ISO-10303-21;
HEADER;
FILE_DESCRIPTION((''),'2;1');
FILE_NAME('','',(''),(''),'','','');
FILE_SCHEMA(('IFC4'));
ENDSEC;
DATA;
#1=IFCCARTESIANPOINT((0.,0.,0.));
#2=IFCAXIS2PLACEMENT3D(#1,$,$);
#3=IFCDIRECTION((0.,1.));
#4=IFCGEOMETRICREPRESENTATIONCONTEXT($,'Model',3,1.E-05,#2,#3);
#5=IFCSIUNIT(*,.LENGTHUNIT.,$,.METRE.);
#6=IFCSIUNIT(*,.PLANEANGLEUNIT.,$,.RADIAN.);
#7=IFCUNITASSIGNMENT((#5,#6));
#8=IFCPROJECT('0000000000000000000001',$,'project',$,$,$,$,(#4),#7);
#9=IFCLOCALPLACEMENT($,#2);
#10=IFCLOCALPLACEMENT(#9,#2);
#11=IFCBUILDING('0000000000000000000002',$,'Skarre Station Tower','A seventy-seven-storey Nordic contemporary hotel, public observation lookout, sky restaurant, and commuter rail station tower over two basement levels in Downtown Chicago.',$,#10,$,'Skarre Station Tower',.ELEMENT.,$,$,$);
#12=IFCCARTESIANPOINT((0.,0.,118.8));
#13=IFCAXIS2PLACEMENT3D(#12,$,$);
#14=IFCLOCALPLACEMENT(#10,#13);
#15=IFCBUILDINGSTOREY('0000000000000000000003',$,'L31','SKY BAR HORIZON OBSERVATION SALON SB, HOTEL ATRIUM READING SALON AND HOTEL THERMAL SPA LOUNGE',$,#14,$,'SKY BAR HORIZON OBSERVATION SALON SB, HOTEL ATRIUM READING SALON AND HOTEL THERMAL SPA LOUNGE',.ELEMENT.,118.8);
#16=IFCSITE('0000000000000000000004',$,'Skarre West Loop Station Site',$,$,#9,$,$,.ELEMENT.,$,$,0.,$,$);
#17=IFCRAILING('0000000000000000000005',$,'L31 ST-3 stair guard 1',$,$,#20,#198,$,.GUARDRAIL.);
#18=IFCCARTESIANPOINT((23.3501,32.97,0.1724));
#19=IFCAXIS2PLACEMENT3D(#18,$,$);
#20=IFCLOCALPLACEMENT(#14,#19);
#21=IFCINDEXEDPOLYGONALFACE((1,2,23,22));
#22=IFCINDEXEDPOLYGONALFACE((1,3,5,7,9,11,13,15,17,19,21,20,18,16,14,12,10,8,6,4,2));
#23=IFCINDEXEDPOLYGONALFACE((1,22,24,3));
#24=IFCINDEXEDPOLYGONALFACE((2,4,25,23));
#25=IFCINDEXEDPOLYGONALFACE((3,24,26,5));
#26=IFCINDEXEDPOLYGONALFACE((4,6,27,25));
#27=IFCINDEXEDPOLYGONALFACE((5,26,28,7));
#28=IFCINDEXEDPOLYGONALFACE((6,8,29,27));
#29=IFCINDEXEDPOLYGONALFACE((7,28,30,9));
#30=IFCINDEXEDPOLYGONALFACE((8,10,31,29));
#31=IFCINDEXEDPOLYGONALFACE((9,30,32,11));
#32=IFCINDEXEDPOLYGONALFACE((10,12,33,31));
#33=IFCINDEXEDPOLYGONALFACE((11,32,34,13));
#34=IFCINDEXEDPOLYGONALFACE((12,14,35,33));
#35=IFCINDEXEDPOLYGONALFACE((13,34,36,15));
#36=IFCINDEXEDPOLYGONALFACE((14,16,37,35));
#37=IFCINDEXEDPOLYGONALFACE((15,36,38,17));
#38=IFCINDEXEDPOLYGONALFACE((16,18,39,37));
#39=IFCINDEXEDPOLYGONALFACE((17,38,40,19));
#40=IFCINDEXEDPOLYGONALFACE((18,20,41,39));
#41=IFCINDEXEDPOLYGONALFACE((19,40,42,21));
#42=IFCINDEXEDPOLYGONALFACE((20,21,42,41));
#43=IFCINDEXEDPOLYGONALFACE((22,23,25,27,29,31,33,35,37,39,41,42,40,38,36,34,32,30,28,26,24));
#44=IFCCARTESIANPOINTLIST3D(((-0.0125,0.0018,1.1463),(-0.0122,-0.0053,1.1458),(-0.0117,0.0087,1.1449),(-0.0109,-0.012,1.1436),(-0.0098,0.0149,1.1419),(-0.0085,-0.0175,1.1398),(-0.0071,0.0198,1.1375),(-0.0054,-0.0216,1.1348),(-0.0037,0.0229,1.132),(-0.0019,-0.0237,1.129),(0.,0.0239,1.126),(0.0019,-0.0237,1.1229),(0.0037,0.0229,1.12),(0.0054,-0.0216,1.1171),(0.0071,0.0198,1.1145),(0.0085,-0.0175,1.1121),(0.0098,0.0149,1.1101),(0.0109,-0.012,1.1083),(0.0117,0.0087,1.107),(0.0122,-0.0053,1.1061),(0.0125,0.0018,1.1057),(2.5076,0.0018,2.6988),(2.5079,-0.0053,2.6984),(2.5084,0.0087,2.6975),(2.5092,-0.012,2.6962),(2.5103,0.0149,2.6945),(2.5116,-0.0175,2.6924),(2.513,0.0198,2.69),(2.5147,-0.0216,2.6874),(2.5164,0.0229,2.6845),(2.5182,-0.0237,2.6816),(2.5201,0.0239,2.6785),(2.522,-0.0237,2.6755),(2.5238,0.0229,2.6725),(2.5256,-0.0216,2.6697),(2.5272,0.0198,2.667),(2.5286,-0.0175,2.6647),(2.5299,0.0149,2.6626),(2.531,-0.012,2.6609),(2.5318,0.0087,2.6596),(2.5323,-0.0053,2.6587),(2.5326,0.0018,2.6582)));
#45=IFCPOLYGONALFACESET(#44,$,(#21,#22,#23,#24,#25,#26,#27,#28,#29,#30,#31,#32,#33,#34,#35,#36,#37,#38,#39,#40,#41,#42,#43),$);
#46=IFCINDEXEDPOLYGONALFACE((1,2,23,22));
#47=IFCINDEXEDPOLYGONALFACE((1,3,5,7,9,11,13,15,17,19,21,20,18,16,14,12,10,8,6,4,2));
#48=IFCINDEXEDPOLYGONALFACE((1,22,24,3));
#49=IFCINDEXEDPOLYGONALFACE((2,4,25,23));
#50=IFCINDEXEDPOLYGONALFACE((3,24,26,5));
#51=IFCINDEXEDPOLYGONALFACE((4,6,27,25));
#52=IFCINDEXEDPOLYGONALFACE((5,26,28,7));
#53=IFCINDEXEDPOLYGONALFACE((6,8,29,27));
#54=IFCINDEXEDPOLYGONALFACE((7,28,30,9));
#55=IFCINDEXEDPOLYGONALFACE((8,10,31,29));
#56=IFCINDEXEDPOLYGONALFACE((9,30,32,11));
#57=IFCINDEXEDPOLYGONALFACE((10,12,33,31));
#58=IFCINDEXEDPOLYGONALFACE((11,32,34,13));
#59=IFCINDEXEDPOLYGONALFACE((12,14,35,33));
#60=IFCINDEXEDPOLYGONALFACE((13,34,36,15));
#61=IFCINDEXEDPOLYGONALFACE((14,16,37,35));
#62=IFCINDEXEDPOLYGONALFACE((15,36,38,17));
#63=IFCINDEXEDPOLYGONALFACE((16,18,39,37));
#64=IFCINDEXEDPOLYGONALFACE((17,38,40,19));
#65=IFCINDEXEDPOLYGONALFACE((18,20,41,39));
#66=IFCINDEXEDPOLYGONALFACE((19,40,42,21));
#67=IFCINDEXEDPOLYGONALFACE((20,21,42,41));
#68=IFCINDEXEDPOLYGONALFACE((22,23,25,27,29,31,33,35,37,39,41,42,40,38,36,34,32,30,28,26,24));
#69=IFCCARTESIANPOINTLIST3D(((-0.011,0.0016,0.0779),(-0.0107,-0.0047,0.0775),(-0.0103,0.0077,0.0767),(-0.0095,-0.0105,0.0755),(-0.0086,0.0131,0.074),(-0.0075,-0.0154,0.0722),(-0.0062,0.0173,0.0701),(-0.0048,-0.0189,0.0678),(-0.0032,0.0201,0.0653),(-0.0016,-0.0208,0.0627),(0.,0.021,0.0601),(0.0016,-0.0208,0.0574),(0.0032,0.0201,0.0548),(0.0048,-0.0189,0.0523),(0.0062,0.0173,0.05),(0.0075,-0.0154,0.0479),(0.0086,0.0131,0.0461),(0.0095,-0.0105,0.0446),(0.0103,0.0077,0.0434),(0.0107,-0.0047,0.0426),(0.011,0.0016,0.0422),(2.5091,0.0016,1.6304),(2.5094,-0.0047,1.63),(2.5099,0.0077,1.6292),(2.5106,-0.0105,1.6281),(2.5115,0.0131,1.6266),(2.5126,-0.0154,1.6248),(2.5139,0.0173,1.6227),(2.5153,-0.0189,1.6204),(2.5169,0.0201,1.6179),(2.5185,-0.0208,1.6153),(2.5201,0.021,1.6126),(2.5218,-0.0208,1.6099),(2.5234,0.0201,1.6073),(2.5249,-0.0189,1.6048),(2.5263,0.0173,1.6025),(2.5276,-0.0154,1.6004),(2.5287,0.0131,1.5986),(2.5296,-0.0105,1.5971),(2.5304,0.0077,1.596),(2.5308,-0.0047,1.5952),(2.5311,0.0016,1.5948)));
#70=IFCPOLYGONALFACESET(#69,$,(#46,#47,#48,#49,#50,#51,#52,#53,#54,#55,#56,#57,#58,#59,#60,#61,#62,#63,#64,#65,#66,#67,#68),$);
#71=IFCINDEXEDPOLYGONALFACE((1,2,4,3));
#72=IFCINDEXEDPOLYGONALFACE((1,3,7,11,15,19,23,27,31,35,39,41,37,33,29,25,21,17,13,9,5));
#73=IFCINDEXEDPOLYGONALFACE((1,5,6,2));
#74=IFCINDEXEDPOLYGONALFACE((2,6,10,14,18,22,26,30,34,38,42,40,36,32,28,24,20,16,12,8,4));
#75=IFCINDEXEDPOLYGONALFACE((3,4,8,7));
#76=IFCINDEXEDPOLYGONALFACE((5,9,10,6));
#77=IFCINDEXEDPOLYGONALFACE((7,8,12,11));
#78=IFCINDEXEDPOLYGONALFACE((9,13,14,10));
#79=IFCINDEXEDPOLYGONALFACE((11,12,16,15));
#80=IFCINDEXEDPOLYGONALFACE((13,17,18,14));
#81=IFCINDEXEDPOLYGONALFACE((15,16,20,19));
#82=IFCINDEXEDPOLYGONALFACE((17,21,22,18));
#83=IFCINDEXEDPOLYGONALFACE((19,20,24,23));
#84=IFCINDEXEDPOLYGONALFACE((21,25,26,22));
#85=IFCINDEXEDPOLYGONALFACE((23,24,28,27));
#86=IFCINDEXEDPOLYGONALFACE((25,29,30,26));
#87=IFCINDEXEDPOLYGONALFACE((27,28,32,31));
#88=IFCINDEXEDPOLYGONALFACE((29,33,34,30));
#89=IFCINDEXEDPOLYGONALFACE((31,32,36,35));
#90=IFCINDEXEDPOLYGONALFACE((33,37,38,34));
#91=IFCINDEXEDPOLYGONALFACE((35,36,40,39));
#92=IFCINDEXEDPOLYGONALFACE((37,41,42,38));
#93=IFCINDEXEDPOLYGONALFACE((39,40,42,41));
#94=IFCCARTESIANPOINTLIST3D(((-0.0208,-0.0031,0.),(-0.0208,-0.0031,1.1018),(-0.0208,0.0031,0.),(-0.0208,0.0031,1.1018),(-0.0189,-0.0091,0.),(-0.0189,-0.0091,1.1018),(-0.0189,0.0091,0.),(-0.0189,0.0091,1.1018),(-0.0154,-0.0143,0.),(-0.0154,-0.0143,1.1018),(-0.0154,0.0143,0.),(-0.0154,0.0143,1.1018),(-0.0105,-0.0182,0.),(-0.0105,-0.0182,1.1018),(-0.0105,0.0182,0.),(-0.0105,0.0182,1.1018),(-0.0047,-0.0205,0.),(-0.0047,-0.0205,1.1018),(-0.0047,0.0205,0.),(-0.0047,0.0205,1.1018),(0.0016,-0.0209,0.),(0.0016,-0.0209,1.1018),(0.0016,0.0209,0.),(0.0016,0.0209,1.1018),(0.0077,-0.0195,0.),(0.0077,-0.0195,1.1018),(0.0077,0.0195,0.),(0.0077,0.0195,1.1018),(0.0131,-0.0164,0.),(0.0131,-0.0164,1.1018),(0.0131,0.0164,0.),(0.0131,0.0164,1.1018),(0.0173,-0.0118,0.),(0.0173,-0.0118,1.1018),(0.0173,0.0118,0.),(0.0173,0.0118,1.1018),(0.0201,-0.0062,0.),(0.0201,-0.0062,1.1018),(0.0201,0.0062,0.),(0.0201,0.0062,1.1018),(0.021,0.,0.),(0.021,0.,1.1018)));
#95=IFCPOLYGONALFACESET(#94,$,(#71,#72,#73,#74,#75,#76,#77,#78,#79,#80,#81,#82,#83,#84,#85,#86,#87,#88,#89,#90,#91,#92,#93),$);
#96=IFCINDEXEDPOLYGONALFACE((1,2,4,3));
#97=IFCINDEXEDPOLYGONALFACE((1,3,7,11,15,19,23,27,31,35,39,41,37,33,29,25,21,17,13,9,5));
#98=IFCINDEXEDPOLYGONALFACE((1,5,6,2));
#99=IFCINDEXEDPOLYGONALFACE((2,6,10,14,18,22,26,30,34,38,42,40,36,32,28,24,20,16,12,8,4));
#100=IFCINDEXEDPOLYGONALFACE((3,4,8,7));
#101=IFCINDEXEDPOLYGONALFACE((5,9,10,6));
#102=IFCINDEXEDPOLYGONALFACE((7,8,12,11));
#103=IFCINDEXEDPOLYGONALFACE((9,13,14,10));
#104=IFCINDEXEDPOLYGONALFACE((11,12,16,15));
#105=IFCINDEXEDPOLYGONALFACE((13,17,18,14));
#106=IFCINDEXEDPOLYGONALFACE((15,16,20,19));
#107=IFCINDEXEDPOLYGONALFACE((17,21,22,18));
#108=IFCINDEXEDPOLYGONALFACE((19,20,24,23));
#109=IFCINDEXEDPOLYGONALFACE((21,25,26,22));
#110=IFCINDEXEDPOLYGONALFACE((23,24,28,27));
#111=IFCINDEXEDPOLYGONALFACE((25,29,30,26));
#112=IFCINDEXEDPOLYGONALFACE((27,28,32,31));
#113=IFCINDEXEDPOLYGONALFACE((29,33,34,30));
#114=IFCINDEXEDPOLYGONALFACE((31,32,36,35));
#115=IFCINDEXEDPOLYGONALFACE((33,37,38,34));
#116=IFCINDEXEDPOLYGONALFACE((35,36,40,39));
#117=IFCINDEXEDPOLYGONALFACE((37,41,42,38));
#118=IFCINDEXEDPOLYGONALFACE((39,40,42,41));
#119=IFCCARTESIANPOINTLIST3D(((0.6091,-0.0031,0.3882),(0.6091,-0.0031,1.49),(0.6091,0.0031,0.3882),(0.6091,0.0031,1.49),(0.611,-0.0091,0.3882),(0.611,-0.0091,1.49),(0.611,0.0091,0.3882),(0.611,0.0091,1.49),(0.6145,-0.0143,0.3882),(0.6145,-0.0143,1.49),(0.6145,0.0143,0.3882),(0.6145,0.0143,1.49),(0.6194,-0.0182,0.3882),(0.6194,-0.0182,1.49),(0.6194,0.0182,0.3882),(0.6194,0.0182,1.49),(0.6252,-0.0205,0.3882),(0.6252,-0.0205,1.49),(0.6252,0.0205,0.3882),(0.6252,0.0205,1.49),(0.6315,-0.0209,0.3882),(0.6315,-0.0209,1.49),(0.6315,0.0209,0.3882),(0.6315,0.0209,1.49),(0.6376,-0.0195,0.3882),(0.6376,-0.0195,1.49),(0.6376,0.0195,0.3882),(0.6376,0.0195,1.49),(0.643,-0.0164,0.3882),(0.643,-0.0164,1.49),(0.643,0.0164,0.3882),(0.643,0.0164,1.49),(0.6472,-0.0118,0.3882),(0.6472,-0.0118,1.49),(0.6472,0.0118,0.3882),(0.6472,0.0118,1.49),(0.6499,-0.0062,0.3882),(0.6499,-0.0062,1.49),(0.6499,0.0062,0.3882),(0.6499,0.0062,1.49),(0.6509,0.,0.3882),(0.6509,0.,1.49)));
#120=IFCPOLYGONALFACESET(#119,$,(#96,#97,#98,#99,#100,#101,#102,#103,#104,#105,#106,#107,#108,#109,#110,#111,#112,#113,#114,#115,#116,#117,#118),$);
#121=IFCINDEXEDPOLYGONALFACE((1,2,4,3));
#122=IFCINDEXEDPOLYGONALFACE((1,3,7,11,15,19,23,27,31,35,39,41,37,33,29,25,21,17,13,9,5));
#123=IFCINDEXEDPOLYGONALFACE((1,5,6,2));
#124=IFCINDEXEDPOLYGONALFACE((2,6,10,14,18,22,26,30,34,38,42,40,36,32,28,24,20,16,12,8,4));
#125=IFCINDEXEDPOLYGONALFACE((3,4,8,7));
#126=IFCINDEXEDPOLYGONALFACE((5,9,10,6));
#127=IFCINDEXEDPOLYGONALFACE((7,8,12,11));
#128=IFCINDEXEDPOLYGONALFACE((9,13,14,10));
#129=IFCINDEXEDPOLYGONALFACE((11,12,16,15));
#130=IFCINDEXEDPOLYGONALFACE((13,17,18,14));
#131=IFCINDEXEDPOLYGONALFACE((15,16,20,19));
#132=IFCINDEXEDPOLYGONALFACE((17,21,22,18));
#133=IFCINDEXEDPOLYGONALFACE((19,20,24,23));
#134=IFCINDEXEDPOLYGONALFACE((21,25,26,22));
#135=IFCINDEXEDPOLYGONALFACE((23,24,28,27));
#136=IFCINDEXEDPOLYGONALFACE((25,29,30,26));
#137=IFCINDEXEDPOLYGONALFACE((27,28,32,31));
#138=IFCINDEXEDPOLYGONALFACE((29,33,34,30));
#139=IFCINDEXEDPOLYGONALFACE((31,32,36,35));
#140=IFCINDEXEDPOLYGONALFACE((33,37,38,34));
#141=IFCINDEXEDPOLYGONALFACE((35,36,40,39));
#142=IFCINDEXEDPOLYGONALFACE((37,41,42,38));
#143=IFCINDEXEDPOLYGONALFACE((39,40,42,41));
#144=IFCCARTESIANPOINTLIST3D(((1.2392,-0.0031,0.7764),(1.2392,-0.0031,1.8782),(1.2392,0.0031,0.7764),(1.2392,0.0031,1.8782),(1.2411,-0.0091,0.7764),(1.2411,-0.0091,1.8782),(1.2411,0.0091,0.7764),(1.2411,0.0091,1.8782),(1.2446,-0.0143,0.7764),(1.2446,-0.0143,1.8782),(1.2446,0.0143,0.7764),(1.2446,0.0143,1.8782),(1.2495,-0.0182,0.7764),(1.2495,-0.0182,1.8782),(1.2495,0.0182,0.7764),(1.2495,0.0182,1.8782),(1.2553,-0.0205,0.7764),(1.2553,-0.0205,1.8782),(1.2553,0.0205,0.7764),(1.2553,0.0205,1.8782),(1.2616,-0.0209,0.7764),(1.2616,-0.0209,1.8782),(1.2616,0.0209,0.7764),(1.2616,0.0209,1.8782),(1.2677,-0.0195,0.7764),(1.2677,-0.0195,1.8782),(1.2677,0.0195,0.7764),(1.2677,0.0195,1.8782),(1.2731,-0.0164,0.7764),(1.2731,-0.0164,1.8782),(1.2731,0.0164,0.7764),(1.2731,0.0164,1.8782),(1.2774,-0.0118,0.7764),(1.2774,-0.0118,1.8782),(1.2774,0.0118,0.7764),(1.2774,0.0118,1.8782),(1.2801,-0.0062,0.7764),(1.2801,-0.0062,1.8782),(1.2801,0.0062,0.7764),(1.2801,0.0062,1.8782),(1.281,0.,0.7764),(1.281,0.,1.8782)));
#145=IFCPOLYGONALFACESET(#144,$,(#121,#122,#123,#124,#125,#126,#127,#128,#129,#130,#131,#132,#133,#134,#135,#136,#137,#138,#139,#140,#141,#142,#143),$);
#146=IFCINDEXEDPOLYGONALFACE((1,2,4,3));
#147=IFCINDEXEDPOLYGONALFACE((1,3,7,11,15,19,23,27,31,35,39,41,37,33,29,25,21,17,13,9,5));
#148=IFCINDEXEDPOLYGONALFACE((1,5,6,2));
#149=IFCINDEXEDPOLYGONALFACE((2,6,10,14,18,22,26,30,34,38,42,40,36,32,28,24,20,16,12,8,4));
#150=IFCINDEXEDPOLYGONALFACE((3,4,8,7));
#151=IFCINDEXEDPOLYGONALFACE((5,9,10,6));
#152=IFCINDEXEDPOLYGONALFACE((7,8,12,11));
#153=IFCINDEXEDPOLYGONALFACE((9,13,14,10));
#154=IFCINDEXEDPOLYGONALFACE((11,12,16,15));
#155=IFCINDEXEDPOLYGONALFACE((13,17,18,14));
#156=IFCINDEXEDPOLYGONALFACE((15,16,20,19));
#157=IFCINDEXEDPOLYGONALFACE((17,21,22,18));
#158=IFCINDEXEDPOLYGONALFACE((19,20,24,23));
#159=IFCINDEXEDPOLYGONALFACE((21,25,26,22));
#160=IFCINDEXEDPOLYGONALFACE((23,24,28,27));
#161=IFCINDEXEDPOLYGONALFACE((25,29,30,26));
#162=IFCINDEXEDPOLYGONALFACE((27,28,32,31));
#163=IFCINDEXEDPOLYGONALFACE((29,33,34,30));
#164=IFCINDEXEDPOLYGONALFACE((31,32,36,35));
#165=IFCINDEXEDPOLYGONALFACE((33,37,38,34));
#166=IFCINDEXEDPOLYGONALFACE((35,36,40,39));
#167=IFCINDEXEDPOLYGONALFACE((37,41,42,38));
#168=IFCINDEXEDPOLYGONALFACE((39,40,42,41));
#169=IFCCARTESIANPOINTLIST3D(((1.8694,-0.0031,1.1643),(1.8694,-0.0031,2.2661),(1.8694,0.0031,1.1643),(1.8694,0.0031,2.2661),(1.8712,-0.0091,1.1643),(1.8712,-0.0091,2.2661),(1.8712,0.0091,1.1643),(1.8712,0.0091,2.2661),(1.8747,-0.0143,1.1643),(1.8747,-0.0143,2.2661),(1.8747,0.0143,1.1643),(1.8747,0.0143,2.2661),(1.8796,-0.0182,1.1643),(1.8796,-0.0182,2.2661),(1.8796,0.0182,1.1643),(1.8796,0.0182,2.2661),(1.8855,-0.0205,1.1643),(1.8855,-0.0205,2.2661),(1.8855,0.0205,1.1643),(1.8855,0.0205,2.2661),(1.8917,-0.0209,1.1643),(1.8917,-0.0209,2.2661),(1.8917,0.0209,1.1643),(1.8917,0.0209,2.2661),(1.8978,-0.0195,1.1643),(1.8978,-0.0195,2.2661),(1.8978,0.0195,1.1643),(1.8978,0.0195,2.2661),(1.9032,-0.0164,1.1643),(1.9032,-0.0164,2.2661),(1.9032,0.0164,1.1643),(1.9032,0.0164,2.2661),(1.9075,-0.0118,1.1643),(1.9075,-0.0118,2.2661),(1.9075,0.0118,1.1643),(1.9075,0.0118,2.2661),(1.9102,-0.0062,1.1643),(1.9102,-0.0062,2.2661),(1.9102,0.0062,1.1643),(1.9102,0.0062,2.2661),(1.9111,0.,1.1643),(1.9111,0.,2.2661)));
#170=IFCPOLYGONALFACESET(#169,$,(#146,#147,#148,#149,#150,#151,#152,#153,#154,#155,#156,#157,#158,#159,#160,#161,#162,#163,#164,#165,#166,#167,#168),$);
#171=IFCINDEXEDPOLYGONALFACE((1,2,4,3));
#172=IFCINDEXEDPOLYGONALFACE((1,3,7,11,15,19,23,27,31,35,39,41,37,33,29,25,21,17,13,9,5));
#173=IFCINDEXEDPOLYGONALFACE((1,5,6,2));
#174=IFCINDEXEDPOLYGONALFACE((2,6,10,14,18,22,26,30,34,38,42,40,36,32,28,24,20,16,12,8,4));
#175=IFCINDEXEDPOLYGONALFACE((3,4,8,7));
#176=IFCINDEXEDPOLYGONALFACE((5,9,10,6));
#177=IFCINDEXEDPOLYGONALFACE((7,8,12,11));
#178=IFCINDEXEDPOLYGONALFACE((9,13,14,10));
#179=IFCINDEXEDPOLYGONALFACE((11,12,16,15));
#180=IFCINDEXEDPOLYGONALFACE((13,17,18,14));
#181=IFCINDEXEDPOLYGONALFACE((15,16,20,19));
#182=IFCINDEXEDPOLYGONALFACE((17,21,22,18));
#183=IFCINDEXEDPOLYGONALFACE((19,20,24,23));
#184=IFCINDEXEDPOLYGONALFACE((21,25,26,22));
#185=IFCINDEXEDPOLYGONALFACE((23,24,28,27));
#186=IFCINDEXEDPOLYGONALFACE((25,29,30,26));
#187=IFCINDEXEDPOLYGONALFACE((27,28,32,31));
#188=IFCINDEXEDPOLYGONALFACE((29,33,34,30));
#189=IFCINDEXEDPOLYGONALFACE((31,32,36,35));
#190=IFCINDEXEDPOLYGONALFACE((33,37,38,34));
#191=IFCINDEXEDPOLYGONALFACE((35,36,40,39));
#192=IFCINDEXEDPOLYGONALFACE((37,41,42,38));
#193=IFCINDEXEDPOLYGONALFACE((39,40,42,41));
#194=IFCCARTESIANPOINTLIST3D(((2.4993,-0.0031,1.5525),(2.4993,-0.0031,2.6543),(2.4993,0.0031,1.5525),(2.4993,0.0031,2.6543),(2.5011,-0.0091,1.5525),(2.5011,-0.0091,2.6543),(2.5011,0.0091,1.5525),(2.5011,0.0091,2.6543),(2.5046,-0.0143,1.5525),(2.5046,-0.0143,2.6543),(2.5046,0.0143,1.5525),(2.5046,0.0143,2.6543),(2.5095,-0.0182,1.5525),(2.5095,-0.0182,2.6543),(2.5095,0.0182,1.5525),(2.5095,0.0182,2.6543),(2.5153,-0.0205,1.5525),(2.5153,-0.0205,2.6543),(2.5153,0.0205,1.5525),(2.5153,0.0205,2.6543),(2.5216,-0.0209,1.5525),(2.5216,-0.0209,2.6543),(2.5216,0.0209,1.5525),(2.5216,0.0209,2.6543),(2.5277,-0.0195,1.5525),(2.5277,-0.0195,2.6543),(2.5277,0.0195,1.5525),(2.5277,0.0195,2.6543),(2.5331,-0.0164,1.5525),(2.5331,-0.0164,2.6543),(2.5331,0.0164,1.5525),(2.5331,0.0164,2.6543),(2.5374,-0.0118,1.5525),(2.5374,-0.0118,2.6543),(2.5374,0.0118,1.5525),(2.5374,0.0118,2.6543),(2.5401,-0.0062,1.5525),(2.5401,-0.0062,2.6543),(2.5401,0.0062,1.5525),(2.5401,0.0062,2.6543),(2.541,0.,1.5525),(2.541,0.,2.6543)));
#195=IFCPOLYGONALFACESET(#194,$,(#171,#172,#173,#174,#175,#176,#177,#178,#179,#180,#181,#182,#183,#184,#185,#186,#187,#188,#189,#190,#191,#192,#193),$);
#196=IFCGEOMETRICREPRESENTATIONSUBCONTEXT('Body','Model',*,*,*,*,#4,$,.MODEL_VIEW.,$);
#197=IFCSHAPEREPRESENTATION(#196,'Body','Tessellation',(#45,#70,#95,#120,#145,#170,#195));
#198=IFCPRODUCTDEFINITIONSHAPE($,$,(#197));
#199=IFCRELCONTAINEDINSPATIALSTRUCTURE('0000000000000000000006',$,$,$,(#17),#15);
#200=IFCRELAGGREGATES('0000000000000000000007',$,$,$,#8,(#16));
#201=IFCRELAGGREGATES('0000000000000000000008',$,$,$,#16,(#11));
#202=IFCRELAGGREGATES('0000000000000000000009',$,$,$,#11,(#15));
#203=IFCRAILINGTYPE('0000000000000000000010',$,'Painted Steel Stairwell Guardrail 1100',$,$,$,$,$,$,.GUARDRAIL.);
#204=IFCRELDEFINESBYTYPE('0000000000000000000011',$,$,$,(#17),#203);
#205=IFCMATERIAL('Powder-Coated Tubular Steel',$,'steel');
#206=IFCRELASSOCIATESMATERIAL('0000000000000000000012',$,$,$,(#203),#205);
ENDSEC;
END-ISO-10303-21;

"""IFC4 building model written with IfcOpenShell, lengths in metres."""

from ifc_helpers import new_model, si_unit, direction, frame, origin, origin_2d, place, context, subcontext, project, spatial, circle, extrude, material, type_object, element, save


model = new_model("IFC4")

# Units and contexts
model_context = context("Model", 3, precision=1e-05, world=origin(), true_north=direction((0.0, 1.0)))
body_context = subcontext(model_context, "Body", "Model", "MODEL_VIEW")
ifc_project = project(units=[si_unit("LENGTHUNIT", "METRE"), si_unit("PLANEANGLEUNIT", "RADIAN")], contexts=[model_context])

# Site, building, storey
site_placement = place(None, origin())
site = spatial("IfcSite", under=ifc_project, at=site_placement, Name="Skarre West Loop Station Site", CompositionType="ELEMENT", RefElevation=0.0)
building_placement = place(site_placement, origin())
building = spatial("IfcBuilding", under=site, at=building_placement, Name="Skarre Station Tower", Description="A seventy-seven-storey Nordic contemporary hotel, public observation lookout, sky restaurant, and commuter rail station tower over two basement levels in Downtown Chicago.", LongName="Skarre Station Tower", CompositionType="ELEMENT")
storey_placement = place(building_placement, frame((0.0, 0.0, 118.8)))
storey = spatial("IfcBuildingStorey", under=building, at=storey_placement, Name="L31", Description="SKY BAR HORIZON OBSERVATION SALON SB, HOTEL ATRIUM READING SALON AND HOTEL THERMAL SPA LOUNGE", LongName="SKY BAR HORIZON OBSERVATION SALON SB, HOTEL ATRIUM READING SALON AND HOTEL THERMAL SPA LOUNGE", CompositionType="ELEMENT", Elevation=118.8)

# Railing
ifc_material_1 = material(Name="Powder-Coated Tubular Steel", Category="steel")
railing_type_1 = type_object("IfcRailingType", Name="Painted Steel Stairwell Guardrail 1100", PredefinedType="GUARDRAIL", material=ifc_material_1)
railing_1_placement = place(storey_placement, frame((23.3501, 32.97, 0.1724)))
element("IfcRailing", 1, at=railing_1_placement, inside=storey, type_object=railing_type_1, Name="L31 ST-3 stair guard 1", PredefinedType="GUARDRAIL", context=body_context, shape_type="SweptSolid", body=[
    extrude(circle(Radius=0.0239, at=origin_2d()), frame((0.0, 0.0, 1.126), z_axis=(0.8514, 0.0, 0.524516), x_axis=(0.0, 1.0, 0.0)), (0.0, 0.0, 1.0), 2.96),
    extrude(circle(Radius=0.021, at=origin_2d()), frame((0.0, 0.0, 0.0601), z_axis=(0.8514, 0.0, 0.524516), x_axis=(0.0, 1.0, 0.0)), (0.0, 0.0, 1.0), 2.96),
    extrude(circle(Radius=0.021, at=origin_2d()), origin(), (0.0, 0.0, 1.0), 1.1018),
    extrude(circle(Radius=0.021, at=origin_2d()), frame((0.6299, 0.0, 0.3882)), (0.0, 0.0, 1.0), 1.1018),
    extrude(circle(Radius=0.021, at=origin_2d()), frame((1.26, 0.0, 0.7764)), (0.0, 0.0, 1.0), 1.1018),
    extrude(circle(Radius=0.021, at=origin_2d()), frame((1.8901, 0.0, 1.1643)), (0.0, 0.0, 1.0), 1.1018),
    extrude(circle(Radius=0.021, at=origin_2d()), frame((2.52, 0.0, 1.5525)), (0.0, 0.0, 1.0), 1.1018),
])

save(model, "model.ifc")
